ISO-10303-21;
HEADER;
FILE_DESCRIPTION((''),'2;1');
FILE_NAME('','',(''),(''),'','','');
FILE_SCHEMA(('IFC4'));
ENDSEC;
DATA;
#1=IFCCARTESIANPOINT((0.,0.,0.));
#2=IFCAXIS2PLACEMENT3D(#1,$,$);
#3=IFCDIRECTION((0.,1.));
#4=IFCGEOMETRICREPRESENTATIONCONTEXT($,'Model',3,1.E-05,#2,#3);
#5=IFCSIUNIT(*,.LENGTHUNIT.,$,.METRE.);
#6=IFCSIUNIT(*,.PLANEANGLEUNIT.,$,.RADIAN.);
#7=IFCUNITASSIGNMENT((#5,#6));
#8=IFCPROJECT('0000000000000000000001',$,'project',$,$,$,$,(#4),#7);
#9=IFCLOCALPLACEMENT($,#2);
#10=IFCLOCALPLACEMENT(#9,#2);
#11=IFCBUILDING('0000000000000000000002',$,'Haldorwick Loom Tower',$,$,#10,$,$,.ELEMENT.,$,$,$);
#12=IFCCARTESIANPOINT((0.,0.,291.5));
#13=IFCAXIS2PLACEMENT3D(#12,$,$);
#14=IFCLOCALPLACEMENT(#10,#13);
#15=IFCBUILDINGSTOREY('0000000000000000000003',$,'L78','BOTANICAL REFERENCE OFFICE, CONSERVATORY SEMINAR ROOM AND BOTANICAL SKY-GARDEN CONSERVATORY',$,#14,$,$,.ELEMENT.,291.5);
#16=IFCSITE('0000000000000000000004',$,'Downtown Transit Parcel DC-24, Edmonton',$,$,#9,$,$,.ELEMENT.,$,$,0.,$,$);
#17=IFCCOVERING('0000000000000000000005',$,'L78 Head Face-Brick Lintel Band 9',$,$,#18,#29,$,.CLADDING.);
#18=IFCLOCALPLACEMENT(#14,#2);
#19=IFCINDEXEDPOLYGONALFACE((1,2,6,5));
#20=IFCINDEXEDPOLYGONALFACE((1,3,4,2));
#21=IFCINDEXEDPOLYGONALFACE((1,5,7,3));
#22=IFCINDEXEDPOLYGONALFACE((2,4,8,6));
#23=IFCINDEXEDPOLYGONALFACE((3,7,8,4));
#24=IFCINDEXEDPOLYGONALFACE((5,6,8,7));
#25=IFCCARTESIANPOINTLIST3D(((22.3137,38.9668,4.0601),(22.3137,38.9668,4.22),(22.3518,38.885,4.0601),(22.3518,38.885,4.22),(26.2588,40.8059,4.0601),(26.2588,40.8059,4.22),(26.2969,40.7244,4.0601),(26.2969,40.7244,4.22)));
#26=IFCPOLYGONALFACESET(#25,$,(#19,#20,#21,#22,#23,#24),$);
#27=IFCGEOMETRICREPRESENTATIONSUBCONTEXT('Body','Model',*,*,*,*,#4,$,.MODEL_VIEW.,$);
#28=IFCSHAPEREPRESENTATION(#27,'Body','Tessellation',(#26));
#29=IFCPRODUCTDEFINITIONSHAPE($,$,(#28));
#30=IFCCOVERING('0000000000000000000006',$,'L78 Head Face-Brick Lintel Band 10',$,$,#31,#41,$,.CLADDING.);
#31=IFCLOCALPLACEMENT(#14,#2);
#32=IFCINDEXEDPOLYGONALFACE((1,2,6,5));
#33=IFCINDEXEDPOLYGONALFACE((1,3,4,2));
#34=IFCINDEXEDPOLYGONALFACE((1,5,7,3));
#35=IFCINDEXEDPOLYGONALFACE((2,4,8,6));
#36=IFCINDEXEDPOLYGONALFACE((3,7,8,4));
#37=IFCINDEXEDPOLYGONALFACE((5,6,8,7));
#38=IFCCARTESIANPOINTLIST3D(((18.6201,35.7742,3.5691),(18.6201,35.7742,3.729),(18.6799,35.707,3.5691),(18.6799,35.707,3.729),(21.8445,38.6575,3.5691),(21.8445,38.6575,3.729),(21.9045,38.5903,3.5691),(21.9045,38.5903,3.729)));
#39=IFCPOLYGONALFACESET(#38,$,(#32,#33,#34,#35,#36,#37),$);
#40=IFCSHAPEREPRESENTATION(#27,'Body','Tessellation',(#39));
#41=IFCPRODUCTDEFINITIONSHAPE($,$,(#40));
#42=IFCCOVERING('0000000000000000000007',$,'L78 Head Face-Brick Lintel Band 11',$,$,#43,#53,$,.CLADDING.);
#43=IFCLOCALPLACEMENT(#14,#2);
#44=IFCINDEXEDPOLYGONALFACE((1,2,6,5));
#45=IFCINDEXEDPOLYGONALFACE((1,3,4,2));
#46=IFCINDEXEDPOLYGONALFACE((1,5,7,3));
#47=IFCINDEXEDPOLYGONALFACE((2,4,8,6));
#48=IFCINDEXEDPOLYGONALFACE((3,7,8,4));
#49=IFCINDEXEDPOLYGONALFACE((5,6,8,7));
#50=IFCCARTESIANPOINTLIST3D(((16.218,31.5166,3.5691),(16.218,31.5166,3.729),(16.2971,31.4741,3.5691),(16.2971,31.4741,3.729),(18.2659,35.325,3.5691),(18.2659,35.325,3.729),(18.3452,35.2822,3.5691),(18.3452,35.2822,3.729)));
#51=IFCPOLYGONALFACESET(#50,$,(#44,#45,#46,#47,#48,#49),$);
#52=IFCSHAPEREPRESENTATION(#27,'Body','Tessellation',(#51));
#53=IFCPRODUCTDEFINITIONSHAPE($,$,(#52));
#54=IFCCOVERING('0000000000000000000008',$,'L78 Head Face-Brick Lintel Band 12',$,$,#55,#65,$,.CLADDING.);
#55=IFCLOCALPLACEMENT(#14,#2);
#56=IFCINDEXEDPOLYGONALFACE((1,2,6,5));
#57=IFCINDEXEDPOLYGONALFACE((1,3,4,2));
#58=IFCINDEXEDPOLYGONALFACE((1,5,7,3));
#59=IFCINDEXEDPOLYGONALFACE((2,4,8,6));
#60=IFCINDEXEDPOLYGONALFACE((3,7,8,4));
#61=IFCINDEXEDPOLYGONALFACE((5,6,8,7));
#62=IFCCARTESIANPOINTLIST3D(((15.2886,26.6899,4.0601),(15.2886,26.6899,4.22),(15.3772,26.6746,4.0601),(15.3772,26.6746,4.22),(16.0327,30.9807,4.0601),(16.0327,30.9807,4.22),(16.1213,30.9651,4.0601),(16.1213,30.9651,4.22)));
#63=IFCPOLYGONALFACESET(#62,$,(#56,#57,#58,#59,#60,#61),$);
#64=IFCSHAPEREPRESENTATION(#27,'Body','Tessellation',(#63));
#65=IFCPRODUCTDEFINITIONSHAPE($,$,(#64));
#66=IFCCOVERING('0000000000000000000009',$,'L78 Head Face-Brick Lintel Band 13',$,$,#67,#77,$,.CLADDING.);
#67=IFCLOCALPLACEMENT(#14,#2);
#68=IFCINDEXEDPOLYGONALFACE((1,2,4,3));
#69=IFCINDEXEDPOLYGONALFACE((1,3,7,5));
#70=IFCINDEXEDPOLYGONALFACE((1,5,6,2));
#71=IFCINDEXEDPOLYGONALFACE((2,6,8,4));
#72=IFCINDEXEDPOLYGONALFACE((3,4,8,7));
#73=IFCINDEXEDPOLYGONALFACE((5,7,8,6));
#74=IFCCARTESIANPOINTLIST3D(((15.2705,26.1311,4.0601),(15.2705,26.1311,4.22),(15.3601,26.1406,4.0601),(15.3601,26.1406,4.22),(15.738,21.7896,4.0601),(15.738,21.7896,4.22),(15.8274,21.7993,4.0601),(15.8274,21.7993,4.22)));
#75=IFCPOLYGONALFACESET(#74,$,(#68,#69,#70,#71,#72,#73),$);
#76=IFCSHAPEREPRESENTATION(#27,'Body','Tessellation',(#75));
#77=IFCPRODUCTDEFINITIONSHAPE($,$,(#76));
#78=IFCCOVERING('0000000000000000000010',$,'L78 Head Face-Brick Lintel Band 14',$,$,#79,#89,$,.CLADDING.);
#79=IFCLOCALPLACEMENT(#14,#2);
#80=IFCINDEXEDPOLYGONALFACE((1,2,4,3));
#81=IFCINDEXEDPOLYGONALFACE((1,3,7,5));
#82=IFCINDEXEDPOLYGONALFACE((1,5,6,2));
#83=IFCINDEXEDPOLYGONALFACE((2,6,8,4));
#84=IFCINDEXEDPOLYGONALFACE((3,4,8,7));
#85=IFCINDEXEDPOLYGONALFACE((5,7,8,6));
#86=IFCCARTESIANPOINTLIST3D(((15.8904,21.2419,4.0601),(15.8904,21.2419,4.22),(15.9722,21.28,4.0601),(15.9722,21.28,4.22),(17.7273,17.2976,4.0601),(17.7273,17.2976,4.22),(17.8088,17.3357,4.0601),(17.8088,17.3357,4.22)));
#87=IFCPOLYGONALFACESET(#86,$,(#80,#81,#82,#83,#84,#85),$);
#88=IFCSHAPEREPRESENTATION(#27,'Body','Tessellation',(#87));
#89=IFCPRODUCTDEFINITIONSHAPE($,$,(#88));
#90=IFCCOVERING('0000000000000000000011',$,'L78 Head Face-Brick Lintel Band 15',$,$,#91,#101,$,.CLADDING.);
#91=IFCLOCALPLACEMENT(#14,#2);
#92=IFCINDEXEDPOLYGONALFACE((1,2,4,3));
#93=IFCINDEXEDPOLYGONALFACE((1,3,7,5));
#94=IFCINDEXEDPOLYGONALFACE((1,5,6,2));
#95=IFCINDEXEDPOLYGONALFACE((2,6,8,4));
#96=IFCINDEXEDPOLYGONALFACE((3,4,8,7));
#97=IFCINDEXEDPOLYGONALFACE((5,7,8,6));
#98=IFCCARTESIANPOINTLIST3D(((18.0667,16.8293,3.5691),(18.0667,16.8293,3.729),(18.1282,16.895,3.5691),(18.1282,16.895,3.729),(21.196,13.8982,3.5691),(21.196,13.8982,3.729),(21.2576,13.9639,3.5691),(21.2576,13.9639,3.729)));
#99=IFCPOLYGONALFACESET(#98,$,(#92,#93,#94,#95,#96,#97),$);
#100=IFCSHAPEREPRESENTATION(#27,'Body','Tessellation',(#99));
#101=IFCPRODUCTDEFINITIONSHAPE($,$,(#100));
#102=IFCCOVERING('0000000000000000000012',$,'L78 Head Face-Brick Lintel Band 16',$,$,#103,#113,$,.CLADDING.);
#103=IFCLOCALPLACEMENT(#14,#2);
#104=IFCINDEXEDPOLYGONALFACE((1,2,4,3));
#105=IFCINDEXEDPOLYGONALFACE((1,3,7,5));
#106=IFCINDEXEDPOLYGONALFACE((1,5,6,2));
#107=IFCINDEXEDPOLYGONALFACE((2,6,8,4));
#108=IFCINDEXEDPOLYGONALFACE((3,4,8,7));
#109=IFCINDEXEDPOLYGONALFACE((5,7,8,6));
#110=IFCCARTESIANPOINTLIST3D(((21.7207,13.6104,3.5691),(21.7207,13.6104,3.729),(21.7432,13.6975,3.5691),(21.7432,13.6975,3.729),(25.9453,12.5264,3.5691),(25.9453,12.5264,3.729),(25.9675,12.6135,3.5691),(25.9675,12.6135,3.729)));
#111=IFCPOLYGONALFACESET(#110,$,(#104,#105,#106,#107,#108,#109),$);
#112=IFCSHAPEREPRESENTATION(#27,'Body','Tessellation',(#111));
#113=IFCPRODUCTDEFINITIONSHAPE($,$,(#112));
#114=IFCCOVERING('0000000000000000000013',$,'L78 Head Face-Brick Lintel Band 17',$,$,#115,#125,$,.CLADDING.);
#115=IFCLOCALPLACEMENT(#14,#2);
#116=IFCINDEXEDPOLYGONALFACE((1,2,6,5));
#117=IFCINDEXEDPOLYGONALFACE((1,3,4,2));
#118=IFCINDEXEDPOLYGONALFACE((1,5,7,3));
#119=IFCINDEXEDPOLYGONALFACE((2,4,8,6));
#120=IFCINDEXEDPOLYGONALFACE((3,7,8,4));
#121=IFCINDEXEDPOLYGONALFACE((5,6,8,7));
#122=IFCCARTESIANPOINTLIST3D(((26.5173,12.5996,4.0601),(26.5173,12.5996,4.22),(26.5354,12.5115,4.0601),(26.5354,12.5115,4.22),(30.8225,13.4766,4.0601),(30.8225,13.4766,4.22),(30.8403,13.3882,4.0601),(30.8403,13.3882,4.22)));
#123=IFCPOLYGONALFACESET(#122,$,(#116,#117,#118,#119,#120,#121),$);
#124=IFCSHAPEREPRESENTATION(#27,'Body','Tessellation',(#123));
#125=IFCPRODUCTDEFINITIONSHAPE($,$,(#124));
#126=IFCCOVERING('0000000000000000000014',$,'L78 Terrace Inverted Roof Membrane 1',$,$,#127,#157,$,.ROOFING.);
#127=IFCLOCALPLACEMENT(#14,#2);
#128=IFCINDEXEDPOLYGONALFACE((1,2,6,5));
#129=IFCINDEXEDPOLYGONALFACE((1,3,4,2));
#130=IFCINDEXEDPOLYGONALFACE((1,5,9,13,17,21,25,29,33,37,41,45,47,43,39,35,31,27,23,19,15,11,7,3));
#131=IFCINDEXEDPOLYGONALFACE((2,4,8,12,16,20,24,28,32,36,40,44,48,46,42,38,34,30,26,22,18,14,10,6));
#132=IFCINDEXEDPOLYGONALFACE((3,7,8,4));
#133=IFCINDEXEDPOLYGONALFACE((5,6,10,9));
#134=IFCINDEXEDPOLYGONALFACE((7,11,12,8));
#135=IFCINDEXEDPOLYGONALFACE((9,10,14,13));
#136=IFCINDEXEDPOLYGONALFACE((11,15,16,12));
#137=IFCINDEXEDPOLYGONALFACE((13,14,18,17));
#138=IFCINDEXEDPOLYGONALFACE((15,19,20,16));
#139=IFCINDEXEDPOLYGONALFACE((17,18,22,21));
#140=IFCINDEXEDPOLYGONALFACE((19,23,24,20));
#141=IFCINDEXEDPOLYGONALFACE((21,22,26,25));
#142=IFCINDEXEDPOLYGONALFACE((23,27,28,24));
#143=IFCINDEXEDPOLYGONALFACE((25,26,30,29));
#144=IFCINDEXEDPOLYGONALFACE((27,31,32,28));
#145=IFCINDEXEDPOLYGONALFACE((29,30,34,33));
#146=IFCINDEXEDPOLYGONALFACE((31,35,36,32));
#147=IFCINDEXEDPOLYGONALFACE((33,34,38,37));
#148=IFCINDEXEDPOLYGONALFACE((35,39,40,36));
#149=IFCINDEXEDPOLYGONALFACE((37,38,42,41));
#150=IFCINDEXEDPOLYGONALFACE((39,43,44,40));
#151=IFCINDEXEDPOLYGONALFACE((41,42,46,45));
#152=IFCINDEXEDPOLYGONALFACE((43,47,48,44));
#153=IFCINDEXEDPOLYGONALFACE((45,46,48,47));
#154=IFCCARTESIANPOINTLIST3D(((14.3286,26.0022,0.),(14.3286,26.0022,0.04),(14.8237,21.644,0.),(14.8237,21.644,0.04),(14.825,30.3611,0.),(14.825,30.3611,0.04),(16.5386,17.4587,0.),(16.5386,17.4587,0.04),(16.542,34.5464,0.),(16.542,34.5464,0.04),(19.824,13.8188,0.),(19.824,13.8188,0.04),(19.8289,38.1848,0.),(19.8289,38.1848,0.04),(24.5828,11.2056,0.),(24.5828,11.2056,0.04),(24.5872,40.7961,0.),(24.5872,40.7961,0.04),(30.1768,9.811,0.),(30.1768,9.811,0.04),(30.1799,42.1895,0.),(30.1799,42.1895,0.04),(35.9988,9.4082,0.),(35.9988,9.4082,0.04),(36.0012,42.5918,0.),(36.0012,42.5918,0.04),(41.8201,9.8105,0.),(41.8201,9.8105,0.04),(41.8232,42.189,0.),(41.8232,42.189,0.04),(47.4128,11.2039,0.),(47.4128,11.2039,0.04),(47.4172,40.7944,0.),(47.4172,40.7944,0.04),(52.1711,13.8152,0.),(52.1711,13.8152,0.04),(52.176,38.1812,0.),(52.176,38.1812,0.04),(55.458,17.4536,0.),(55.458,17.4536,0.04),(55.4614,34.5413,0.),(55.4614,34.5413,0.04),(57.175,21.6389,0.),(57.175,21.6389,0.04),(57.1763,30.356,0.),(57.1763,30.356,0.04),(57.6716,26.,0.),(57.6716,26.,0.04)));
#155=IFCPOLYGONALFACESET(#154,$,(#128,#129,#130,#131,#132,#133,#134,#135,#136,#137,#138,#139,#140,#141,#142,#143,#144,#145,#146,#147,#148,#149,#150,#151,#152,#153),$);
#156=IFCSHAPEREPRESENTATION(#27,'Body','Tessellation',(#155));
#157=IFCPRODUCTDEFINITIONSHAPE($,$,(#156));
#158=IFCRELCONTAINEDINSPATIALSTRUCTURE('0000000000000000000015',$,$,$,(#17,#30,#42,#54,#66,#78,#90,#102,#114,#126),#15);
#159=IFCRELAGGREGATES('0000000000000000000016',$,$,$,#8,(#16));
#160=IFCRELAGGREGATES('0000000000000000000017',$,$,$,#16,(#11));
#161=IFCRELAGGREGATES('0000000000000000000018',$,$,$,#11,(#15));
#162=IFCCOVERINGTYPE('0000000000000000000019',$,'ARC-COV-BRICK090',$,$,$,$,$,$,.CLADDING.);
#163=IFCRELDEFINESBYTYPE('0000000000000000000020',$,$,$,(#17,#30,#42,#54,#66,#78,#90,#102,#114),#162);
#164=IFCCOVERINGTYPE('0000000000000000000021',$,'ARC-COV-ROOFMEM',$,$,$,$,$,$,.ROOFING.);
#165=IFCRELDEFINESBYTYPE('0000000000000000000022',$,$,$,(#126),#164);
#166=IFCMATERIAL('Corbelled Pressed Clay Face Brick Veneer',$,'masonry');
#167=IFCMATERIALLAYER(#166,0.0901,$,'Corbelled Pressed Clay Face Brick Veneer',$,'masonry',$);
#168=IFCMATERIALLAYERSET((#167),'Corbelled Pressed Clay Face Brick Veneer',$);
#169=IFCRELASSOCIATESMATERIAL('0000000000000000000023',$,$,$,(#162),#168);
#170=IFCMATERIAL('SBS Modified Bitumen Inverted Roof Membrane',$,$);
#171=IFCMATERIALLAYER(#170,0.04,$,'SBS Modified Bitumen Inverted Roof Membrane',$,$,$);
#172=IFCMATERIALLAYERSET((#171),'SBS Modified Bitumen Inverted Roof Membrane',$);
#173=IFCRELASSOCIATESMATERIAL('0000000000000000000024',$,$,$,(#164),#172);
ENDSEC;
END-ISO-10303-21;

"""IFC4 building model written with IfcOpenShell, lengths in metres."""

from ifc_helpers import new_model, si_unit, direction, frame, origin, place, context, subcontext, project, spatial, polyline, outline, extrude, material, layer, layer_set, type_object, element, save


model = new_model("IFC4")

# Units and contexts
model_context = context("Model", 3, precision=1e-05, world=origin(), true_north=direction((0.0, 1.0)))
body_context = subcontext(model_context, "Body", "Model", "MODEL_VIEW")
ifc_project = project(units=[si_unit("LENGTHUNIT", "METRE"), si_unit("PLANEANGLEUNIT", "RADIAN")], contexts=[model_context])

# Site, building, storey
site_placement = place(None, origin())
site = spatial("IfcSite", under=ifc_project, at=site_placement, Name="Downtown Transit Parcel DC-24, Edmonton", CompositionType="ELEMENT", RefElevation=0.0)
building_placement = place(site_placement, origin())
building = spatial("IfcBuilding", under=site, at=building_placement, Name="Haldorwick Loom Tower", CompositionType="ELEMENT")
storey_placement = place(building_placement, frame((0.0, 0.0, 291.5)))
storey = spatial("IfcBuildingStorey", under=building, at=storey_placement, Name="L78", Description="BOTANICAL REFERENCE OFFICE, CONSERVATORY SEMINAR ROOM AND BOTANICAL SKY-GARDEN CONSERVATORY", CompositionType="ELEMENT", Elevation=291.5)

# Coverings
ifc_material_1 = material(Name="Corbelled Pressed Clay Face Brick Veneer", Category="masonry")
ifc_layer_1 = layer(ifc_material_1, 0.0901, Name="Corbelled Pressed Clay Face Brick Veneer", Category="masonry")
ifc_layer_set_1 = layer_set([ifc_layer_1], Name="Corbelled Pressed Clay Face Brick Veneer")
covering_type_1 = type_object("IfcCoveringType", Name="ARC-COV-BRICK090", PredefinedType="CLADDING", material=ifc_layer_set_1)
covering_1_placement = place(storey_placement, frame((0.0, 0.0, 4.0601)))
element("IfcCovering", 1, at=covering_1_placement, inside=storey, type_object=covering_type_1, Name="L78 Head Face-Brick Lintel Band 9", PredefinedType="CLADDING", context=body_context, shape_type="SweptSolid", body=[
    extrude(outline(polyline([(26.2588, 40.8059), (22.3137, 38.9668), (22.3518, 38.885), (26.2969, 40.7244), (26.2588, 40.8059)])), origin(), (0.0, 0.0, 1.0), 0.1599),
])
covering_2_placement = place(storey_placement, frame((0.0, 0.0, 3.5691)))
element("IfcCovering", 2, at=covering_2_placement, inside=storey, type_object=covering_type_1, Name="L78 Head Face-Brick Lintel Band 10", PredefinedType="CLADDING", context=body_context, shape_type="SweptSolid", body=[
    extrude(outline(polyline([(21.8445, 38.6575), (18.6201, 35.7742), (18.6799, 35.707), (21.9045, 38.5903), (21.8445, 38.6575)])), origin(), (0.0, 0.0, 1.0), 0.1599),
])
covering_3_placement = place(storey_placement, frame((0.0, 0.0, 3.5691)))
element("IfcCovering", 3, at=covering_3_placement, inside=storey, type_object=covering_type_1, Name="L78 Head Face-Brick Lintel Band 11", PredefinedType="CLADDING", context=body_context, shape_type="SweptSolid", body=[
    extrude(outline(polyline([(18.2659, 35.325), (16.218, 31.5166), (16.2971, 31.4741), (18.3452, 35.2822), (18.2659, 35.325)])), origin(), (0.0, 0.0, 1.0), 0.1599),
])
covering_4_placement = place(storey_placement, frame((0.0, 0.0, 4.0601)))
element("IfcCovering", 4, at=covering_4_placement, inside=storey, type_object=covering_type_1, Name="L78 Head Face-Brick Lintel Band 12", PredefinedType="CLADDING", context=body_context, shape_type="SweptSolid", body=[
    extrude(outline(polyline([(16.0327, 30.9807), (15.2886, 26.6899), (15.3772, 26.6746), (16.1213, 30.9651), (16.0327, 30.9807)])), origin(), (0.0, 0.0, 1.0), 0.1599),
])
covering_5_placement = place(storey_placement, frame((0.0, 0.0, 4.0601)))
element("IfcCovering", 5, at=covering_5_placement, inside=storey, type_object=covering_type_1, Name="L78 Head Face-Brick Lintel Band 13", PredefinedType="CLADDING", context=body_context, shape_type="SweptSolid", body=[
    extrude(outline(polyline([(15.2705, 26.1311), (15.738, 21.7896), (15.8274, 21.7993), (15.3601, 26.1406), (15.2705, 26.1311)])), origin(), (0.0, 0.0, 1.0), 0.1599),
])
covering_6_placement = place(storey_placement, frame((0.0, 0.0, 4.0601)))
element("IfcCovering", 6, at=covering_6_placement, inside=storey, type_object=covering_type_1, Name="L78 Head Face-Brick Lintel Band 14", PredefinedType="CLADDING", context=body_context, shape_type="SweptSolid", body=[
    extrude(outline(polyline([(15.8904, 21.2419), (17.7273, 17.2976), (17.8088, 17.3357), (15.9722, 21.28), (15.8904, 21.2419)])), origin(), (0.0, 0.0, 1.0), 0.1599),
])
covering_7_placement = place(storey_placement, frame((0.0, 0.0, 3.5691)))
element("IfcCovering", 7, at=covering_7_placement, inside=storey, type_object=covering_type_1, Name="L78 Head Face-Brick Lintel Band 15", PredefinedType="CLADDING", context=body_context, shape_type="SweptSolid", body=[
    extrude(outline(polyline([(18.0667, 16.8293), (21.196, 13.8982), (21.2576, 13.9639), (18.1282, 16.895), (18.0667, 16.8293)])), origin(), (0.0, 0.0, 1.0), 0.1599),
])
covering_8_placement = place(storey_placement, frame((0.0, 0.0, 3.5691)))
element("IfcCovering", 8, at=covering_8_placement, inside=storey, type_object=covering_type_1, Name="L78 Head Face-Brick Lintel Band 16", PredefinedType="CLADDING", context=body_context, shape_type="SweptSolid", body=[
    extrude(outline(polyline([(21.7207, 13.6104), (25.9453, 12.5264), (25.9675, 12.6135), (21.7432, 13.6975), (21.7207, 13.6104)])), origin(), (0.0, 0.0, 1.0), 0.1599),
])
covering_9_placement = place(storey_placement, frame((0.0, 0.0, 4.0601)))
element("IfcCovering", 9, at=covering_9_placement, inside=storey, type_object=covering_type_1, Name="L78 Head Face-Brick Lintel Band 17", PredefinedType="CLADDING", context=body_context, shape_type="SweptSolid", body=[
    extrude(outline(polyline([(26.5354, 12.5115), (30.8403, 13.3882), (30.8225, 13.4766), (26.5173, 12.5996), (26.5354, 12.5115)])), origin(), (0.0, 0.0, 1.0), 0.1599),
])
ifc_material_2 = material(Name="SBS Modified Bitumen Inverted Roof Membrane")
ifc_layer_2 = layer(ifc_material_2, 0.04, Name="SBS Modified Bitumen Inverted Roof Membrane")
ifc_layer_set_2 = layer_set([ifc_layer_2], Name="SBS Modified Bitumen Inverted Roof Membrane")
covering_type_2 = type_object("IfcCoveringType", Name="ARC-COV-ROOFMEM", PredefinedType="ROOFING", material=ifc_layer_set_2)
covering_10_placement = place(storey_placement, origin())
element("IfcCovering", 10, at=covering_10_placement, inside=storey, type_object=covering_type_2, Name="L78 Terrace Inverted Roof Membrane 1", PredefinedType="ROOFING", context=body_context, shape_type="SweptSolid", body=[
    extrude(outline(polyline([(57.6716, 26.0), (57.1763, 30.356), (55.4614, 34.5413), (52.176, 38.1812), (47.4172, 40.7944), (41.8232, 42.189), (36.0012, 42.5918), (30.1799, 42.1895), (24.5872, 40.7961), (19.8289, 38.1848), (16.542, 34.5464), (14.825, 30.3611), (14.3286, 26.0022), (14.8237, 21.644), (16.5386, 17.4587), (19.824, 13.8188), (24.5828, 11.2056), (30.1768, 9.811), (35.9988, 9.4082), (41.8201, 9.8105), (47.4128, 11.2039), (52.1711, 13.8152), (55.458, 17.4536), (57.175, 21.6389), (57.6716, 26.0)])), origin(), (0.0, 0.0, 1.0), 0.04),
])

save(model, "model.ifc")
